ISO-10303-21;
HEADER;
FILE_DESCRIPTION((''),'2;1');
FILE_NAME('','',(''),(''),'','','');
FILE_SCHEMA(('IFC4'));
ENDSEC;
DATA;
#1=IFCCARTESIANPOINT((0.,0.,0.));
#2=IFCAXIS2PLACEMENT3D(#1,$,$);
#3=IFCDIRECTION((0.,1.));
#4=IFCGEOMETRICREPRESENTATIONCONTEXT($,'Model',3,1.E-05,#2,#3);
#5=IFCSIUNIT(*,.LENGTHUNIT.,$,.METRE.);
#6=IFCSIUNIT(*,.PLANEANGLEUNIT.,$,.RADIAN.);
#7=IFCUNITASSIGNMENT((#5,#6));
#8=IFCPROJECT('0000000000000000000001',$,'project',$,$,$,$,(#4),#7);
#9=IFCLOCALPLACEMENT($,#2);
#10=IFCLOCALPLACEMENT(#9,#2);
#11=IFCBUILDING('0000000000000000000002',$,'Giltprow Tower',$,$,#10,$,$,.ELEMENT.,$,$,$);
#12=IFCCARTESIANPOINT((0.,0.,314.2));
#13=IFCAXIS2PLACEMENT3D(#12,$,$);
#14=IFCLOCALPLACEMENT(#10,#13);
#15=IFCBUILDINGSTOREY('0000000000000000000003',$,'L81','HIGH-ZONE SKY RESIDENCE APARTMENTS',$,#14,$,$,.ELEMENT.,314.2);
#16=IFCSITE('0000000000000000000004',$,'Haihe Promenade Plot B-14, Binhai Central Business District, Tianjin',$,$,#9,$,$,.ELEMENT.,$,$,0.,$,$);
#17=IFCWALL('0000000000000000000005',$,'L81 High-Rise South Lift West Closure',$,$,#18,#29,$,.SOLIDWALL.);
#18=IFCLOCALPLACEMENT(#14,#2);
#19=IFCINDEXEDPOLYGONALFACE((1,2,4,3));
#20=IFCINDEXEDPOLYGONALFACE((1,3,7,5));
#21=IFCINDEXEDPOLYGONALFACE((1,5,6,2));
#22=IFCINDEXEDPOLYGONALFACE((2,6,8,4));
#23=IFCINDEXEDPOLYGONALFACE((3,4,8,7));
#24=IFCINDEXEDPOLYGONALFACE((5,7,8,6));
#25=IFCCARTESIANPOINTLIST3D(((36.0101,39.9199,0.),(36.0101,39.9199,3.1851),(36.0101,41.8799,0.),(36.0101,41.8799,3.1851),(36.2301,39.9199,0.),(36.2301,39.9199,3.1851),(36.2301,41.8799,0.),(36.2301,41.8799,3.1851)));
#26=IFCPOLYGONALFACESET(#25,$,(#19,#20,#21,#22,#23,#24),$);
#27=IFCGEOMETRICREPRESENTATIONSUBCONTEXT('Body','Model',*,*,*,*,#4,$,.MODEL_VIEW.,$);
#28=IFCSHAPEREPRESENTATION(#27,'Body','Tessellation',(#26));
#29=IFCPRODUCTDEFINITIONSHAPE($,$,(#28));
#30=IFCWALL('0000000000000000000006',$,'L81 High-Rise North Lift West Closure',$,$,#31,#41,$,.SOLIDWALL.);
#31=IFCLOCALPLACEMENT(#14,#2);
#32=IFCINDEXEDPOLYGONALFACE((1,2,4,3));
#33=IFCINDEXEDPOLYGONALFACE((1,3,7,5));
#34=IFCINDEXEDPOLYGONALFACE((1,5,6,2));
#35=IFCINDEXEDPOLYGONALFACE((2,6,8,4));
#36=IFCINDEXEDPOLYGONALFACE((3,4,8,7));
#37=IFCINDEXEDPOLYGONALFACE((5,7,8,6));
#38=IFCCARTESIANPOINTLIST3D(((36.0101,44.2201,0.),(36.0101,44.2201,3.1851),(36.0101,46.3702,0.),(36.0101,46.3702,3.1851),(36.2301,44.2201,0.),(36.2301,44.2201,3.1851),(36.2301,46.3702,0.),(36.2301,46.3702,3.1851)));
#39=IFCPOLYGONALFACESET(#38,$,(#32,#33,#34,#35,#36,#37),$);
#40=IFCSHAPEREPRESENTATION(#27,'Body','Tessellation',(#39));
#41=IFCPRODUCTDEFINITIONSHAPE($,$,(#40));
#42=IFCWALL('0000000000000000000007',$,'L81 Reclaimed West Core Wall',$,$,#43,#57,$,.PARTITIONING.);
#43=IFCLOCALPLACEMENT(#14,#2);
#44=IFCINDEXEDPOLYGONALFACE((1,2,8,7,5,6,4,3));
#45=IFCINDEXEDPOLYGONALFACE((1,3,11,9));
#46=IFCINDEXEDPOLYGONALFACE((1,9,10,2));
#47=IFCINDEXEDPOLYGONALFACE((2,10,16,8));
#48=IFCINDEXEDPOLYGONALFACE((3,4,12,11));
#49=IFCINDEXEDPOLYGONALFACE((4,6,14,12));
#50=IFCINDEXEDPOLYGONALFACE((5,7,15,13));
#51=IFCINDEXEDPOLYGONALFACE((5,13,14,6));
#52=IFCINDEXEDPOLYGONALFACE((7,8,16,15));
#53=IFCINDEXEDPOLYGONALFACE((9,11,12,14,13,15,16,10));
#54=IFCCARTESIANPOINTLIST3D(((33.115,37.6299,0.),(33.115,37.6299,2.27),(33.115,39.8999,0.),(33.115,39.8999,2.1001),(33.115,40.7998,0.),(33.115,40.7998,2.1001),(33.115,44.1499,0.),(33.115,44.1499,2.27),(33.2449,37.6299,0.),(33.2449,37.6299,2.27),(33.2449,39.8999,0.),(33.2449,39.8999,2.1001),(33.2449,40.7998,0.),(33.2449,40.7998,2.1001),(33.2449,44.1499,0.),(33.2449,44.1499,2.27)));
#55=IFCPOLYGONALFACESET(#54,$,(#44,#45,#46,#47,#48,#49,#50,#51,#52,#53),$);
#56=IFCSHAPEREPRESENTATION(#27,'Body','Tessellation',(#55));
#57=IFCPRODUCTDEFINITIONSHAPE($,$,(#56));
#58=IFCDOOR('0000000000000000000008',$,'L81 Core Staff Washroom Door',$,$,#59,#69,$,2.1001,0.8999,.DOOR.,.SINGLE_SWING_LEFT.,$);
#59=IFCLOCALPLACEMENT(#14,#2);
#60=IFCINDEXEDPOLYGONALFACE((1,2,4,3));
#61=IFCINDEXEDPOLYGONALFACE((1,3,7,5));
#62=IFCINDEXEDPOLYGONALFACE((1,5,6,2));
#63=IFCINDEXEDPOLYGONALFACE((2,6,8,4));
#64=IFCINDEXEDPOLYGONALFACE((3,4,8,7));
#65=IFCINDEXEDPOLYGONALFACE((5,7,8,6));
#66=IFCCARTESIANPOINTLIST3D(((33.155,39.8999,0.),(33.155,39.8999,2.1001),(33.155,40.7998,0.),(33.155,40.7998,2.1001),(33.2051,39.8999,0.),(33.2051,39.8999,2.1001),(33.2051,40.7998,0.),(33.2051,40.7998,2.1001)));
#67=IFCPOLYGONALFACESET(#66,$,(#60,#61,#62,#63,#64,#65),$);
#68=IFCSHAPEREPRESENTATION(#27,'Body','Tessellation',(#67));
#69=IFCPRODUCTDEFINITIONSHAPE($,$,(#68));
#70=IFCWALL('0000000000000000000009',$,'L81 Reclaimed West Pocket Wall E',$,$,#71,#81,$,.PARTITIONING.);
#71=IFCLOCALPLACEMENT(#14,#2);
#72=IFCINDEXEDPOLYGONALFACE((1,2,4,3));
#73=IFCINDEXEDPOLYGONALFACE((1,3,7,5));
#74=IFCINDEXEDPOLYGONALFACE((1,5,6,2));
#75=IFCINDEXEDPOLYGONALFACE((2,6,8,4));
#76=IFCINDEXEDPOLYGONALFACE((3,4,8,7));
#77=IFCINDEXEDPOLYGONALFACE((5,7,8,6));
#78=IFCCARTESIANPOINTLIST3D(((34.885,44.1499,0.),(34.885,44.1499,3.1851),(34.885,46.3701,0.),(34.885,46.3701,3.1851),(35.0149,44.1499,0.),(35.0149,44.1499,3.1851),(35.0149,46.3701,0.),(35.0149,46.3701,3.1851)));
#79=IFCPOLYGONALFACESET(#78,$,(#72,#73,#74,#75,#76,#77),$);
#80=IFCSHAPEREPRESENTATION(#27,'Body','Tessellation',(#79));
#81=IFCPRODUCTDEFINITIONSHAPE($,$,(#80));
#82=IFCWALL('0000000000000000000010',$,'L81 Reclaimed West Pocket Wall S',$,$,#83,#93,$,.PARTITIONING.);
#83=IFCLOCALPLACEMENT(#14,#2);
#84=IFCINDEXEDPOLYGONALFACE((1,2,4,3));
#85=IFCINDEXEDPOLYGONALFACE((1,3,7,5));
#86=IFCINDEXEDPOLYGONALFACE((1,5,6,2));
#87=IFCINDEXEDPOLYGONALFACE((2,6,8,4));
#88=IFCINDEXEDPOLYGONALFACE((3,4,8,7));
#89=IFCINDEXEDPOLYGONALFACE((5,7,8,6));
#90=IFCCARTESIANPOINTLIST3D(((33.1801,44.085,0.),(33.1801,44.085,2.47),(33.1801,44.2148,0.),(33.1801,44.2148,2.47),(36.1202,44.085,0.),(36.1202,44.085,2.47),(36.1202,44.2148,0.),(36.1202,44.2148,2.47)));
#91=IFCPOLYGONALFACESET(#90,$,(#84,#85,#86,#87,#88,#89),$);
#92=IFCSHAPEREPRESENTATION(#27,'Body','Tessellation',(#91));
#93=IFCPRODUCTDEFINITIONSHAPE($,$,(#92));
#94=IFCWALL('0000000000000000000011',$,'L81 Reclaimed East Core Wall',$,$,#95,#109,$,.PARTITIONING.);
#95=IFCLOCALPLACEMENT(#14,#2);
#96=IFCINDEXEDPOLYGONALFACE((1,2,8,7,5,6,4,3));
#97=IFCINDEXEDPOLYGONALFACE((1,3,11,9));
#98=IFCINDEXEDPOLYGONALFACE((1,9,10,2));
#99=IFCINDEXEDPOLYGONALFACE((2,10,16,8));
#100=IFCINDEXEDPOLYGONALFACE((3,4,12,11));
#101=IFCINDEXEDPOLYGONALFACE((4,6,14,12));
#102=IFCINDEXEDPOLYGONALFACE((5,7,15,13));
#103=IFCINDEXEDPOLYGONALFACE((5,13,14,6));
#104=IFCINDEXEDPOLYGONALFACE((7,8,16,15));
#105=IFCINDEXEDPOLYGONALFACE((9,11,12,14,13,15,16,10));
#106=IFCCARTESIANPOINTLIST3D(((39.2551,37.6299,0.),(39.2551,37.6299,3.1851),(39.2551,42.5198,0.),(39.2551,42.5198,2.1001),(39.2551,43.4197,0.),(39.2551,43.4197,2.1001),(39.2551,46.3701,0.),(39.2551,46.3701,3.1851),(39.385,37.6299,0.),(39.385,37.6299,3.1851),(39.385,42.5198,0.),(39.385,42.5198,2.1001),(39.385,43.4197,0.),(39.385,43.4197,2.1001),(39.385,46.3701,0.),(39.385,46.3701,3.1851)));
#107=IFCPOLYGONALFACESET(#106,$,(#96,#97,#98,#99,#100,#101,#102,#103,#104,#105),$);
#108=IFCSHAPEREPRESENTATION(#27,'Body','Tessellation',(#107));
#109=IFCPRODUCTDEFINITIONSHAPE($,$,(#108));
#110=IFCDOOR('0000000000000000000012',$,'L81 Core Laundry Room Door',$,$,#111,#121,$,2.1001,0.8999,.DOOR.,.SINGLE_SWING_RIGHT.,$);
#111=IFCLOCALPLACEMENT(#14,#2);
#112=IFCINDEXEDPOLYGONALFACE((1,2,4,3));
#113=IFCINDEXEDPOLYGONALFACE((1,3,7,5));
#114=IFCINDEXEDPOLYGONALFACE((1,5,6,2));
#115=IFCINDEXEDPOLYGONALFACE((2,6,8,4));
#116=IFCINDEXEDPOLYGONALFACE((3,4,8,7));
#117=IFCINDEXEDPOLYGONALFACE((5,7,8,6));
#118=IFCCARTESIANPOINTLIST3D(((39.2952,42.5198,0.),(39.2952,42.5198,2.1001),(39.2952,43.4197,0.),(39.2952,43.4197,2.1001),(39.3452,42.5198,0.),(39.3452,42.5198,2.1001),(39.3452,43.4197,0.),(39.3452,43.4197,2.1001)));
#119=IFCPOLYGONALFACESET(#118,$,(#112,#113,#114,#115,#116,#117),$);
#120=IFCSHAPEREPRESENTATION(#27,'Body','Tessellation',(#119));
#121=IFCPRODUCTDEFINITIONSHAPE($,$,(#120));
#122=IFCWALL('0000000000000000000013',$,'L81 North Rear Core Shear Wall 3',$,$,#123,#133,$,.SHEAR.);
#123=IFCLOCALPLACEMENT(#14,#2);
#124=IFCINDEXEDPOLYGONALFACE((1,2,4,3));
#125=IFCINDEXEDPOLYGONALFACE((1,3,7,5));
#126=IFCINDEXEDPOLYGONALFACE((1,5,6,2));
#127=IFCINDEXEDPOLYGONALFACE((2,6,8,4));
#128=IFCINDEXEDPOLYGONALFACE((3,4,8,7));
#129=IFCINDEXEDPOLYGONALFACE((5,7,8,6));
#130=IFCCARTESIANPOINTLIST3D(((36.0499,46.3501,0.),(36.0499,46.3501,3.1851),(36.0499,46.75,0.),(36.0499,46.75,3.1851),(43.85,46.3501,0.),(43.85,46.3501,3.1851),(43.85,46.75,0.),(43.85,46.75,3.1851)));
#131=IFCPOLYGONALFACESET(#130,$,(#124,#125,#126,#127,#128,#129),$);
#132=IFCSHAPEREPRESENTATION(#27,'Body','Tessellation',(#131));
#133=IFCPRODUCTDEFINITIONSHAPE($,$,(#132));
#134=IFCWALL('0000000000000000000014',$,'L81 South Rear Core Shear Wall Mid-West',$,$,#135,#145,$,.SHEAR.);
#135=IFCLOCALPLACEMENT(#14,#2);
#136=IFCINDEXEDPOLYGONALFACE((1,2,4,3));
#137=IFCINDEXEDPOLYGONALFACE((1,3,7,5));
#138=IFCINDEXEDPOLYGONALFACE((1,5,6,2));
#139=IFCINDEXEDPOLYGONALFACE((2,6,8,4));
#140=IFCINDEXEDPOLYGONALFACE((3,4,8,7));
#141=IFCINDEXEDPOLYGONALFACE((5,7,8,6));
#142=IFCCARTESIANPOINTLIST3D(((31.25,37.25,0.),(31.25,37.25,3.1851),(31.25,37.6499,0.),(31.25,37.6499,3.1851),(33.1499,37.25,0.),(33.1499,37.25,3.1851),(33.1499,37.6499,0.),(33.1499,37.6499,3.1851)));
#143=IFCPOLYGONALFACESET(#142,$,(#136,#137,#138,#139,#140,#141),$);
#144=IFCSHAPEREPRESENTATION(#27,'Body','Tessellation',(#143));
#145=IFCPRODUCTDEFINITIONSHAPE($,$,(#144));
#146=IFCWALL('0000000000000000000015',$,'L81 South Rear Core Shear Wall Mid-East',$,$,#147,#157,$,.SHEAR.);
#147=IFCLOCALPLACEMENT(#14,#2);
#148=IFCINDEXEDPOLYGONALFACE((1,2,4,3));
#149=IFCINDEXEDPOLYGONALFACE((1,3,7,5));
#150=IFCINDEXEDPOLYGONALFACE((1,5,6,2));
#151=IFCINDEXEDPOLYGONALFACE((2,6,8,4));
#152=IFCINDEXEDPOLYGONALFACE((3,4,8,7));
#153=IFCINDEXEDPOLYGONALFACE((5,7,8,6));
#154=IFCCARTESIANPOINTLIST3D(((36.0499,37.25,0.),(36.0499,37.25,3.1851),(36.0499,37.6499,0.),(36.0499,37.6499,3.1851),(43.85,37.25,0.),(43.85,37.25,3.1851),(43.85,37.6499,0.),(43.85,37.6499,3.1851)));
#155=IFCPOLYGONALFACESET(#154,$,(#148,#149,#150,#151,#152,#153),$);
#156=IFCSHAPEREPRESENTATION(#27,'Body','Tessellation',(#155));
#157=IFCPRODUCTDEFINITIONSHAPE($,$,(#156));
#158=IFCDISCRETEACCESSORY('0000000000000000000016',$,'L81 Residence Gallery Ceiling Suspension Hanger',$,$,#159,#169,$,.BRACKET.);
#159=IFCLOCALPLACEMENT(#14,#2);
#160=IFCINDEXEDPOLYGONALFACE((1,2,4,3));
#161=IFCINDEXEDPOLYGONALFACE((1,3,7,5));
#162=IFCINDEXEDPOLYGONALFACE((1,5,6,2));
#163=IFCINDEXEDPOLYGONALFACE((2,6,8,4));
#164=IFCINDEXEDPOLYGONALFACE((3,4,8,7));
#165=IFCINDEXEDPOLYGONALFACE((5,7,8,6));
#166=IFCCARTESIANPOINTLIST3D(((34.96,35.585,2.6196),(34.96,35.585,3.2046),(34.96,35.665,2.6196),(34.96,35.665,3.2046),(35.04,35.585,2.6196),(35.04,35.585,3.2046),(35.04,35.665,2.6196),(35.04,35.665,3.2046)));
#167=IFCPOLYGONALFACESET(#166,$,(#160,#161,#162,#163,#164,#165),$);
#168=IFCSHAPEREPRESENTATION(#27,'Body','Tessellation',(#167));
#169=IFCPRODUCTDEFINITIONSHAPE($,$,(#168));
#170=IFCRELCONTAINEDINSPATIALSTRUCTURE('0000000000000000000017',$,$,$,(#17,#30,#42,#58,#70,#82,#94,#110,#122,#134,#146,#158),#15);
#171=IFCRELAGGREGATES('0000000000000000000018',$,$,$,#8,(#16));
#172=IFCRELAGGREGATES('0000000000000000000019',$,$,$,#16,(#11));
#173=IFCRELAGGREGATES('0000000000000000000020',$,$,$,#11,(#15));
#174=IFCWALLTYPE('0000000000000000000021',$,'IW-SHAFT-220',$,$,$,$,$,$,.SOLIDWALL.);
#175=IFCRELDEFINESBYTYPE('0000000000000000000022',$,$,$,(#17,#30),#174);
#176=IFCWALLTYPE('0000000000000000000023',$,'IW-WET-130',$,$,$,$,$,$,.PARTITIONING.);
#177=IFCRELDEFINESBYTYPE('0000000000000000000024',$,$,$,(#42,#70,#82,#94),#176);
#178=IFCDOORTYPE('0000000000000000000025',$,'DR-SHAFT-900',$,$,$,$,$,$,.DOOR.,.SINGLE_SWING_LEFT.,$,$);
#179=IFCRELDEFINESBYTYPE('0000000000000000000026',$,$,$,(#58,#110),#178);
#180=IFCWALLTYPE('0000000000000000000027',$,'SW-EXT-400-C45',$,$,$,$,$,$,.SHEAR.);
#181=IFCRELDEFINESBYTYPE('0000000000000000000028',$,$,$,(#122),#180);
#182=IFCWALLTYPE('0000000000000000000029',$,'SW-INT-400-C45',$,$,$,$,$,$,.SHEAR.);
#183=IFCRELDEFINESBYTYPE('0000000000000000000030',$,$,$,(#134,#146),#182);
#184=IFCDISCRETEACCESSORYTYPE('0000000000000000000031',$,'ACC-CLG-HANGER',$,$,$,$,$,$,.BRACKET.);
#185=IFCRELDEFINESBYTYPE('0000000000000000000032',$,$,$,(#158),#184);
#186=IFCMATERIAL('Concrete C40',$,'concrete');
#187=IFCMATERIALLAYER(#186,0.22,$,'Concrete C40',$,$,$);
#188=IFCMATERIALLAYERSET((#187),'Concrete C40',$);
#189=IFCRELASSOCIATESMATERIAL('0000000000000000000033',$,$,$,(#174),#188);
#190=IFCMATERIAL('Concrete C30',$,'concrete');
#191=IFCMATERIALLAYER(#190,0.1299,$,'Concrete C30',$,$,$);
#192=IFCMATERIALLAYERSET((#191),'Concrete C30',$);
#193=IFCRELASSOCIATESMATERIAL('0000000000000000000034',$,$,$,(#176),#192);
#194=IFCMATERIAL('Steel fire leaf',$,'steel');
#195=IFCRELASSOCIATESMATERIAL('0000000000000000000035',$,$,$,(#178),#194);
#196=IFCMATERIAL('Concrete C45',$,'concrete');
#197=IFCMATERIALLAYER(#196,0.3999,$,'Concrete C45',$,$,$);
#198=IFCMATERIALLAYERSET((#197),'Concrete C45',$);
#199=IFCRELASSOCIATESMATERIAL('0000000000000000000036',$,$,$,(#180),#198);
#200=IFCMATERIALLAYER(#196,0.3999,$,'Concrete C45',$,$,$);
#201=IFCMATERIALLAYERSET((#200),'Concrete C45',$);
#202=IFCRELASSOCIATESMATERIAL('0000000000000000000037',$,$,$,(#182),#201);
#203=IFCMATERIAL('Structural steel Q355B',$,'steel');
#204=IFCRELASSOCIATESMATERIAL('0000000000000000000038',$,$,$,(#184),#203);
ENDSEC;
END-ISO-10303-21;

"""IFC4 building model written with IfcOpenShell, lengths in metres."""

from ifc_helpers import new_model, si_unit, direction, frame, frame_2d, origin, origin_2d, place, context, subcontext, project, spatial, rectangle, extrude, source, transform, mapped, material, layer, layer_set, type_object, element, fill, save


model = new_model("IFC4")

# Units and contexts
model_context = context("Model", 3, precision=1e-05, world=origin(), true_north=direction((0.0, 1.0)))
body_context = subcontext(model_context, "Body", "Model", "MODEL_VIEW")
ifc_project = project(units=[si_unit("LENGTHUNIT", "METRE"), si_unit("PLANEANGLEUNIT", "RADIAN")], contexts=[model_context])

# Site, building, storey
site_placement = place(None, origin())
site = spatial("IfcSite", under=ifc_project, at=site_placement, Name="Haihe Promenade Plot B-14, Binhai Central Business District, Tianjin", CompositionType="ELEMENT", RefElevation=0.0)
building_placement = place(site_placement, origin())
building = spatial("IfcBuilding", under=site, at=building_placement, Name="Giltprow Tower", CompositionType="ELEMENT")
storey_placement = place(building_placement, frame((0.0, 0.0, 314.2)))
storey = spatial("IfcBuildingStorey", under=building, at=storey_placement, Name="L81", Description="HIGH-ZONE SKY RESIDENCE APARTMENTS", CompositionType="ELEMENT", Elevation=314.2)

# Shared definitions
ifc_material_1 = material(Name="Concrete C45", Category="concrete")

# Shared definitions
ifc_material_2 = material(Name="Structural steel Q355B", Category="steel")

# Shared definitions
ifc_material_3 = material(Name="Concrete C40", Category="concrete")
ifc_layer_1 = layer(ifc_material_3, 0.22, Name="Concrete C40")
ifc_layer_set_1 = layer_set([ifc_layer_1], Name="Concrete C40")
wall_type_1 = type_object("IfcWallType", Name="IW-SHAFT-220", PredefinedType="SOLIDWALL", material=ifc_layer_set_1)

# Walls
wall_1_placement = place(storey_placement, frame((36.1201, 39.9199, 0.0), z_axis=(0.0, 0.0, 1.0), x_axis=(0.0, 1.0, 0.0)))
element("IfcWall", 1, at=wall_1_placement, inside=storey, type_object=wall_type_1, Name="L81 High-Rise South Lift West Closure", PredefinedType="SOLIDWALL", context=body_context, shape_type="SweptSolid", body=[
    extrude(rectangle(XDim=1.96, YDim=0.22, at=frame_2d((0.98, 0.0))), origin(), (0.0, 0.0, 1.0), 3.1851),
])
wall_2_placement = place(storey_placement, frame((36.1201, 44.22, 0.0), z_axis=(0.0, 0.0, 1.0), x_axis=(0.0, 1.0, 0.0)))
element("IfcWall", 2, at=wall_2_placement, inside=storey, type_object=wall_type_1, Name="L81 High-Rise North Lift West Closure", PredefinedType="SOLIDWALL", context=body_context, shape_type="SweptSolid", body=[
    extrude(rectangle(XDim=2.1501, YDim=0.22, at=frame_2d((1.0752, 0.0))), origin(), (0.0, 0.0, 1.0), 3.1851),
])

# Wall, opening, door
ifc_material_4 = material(Name="Concrete C30", Category="concrete")
ifc_layer_2 = layer(ifc_material_4, 0.1299, Name="Concrete C30")
ifc_layer_set_2 = layer_set([ifc_layer_2], Name="Concrete C30")
wall_type_2 = type_object("IfcWallType", Name="IW-WET-130", PredefinedType="PARTITIONING", material=ifc_layer_set_2)
wall_3_placement = place(storey_placement, frame((33.1799, 37.6299, 0.0), z_axis=(0.0, 0.0, 1.0), x_axis=(0.0, 1.0, 0.0)))
wall_3 = element("IfcWall", 3, at=wall_3_placement, inside=storey, type_object=wall_type_2, Name="L81 Reclaimed West Core Wall", PredefinedType="PARTITIONING", context=body_context, shape_type="SweptSolid", body=[
    extrude(rectangle(XDim=6.52, YDim=0.1299, at=frame_2d((3.26, 0.0))), origin(), (0.0, 0.0, 1.0), 2.27),
])
opening_1_placement = place(wall_3_placement, frame((2.27, 0.0, 0.0)))
opening_1 = element("IfcOpeningElement", 4, at=opening_1_placement, cuts=wall_3, PredefinedType="OPENING", context=body_context, shape_type="SweptSolid", body=[
    extrude(rectangle(XDim=0.8999, YDim=2.1001, at=frame_2d((0.45, 1.05))), frame((0.0, 0.075, 0.0), z_axis=(0.0, -1.0, 0.0), x_axis=(1.0, 0.0, 0.0)), (0.0, 0.0, 1.0), 0.1499),
])
ifc_material_5 = material(Name="Steel fire leaf", Category="steel")
door_type_1 = type_object("IfcDoorType", Name="DR-SHAFT-900", OperationType="SINGLE_SWING_LEFT", PredefinedType="DOOR", material=ifc_material_5)
shared_shape_1 = source(origin(), body_context, "Body", "SweptSolid", [
    extrude(rectangle(XDim=0.8999, YDim=2.1001, at=frame_2d((0.45, 1.05))), frame((0.0, 0.0249, 0.0), z_axis=(0.0, -1.0, 0.0), x_axis=(1.0, 0.0, 0.0)), (0.0, 0.0, 1.0), 0.05),
])
door_1_placement = place(opening_1_placement, origin())
door_1 = element("IfcDoor", 5, at=door_1_placement, inside=storey, type_object=door_type_1, Name="L81 Core Staff Washroom Door", OperationType="SINGLE_SWING_LEFT", OverallHeight=2.1001, OverallWidth=0.8999, PredefinedType="DOOR", context=body_context, shape_type="MappedRepresentation", body=[
    mapped(shared_shape_1, transform((0.0, 0.0, 0.0), x_axis=(1.0, 0.0, 0.0), y_axis=(0.0, 1.0, 0.0), z_axis=(0.0, 0.0, 1.0), scale=1.0)),
])
fill(opening_1, door_1)

# Walls
wall_4_placement = place(storey_placement, frame((34.95, 44.1499, 0.0), z_axis=(0.0, 0.0, 1.0), x_axis=(0.0, 1.0, 0.0)))
element("IfcWall", 6, at=wall_4_placement, inside=storey, type_object=wall_type_2, Name="L81 Reclaimed West Pocket Wall E", PredefinedType="PARTITIONING", context=body_context, shape_type="SweptSolid", body=[
    extrude(rectangle(XDim=2.2202, YDim=0.1299, at=frame_2d((1.1101, 0.0))), origin(), (0.0, 0.0, 1.0), 3.1851),
])
wall_5_placement = place(storey_placement, frame((33.1799, 44.1499, 0.0), z_axis=(0.0, 0.0, 1.0), x_axis=(1.0, 0.0, 0.0)))
element("IfcWall", 7, at=wall_5_placement, inside=storey, type_object=wall_type_2, Name="L81 Reclaimed West Pocket Wall S", PredefinedType="PARTITIONING", context=body_context, shape_type="SweptSolid", body=[
    extrude(rectangle(XDim=2.9402, YDim=0.1299, at=frame_2d((1.4702, 0.0))), origin(), (0.0, 0.0, 1.0), 2.47),
])

# Wall, opening, door
wall_6_placement = place(storey_placement, frame((39.3201, 37.6299, 0.0), z_axis=(0.0, 0.0, 1.0), x_axis=(0.0, 1.0, 0.0)))
wall_6 = element("IfcWall", 8, at=wall_6_placement, inside=storey, type_object=wall_type_2, Name="L81 Reclaimed East Core Wall", PredefinedType="PARTITIONING", context=body_context, shape_type="SweptSolid", body=[
    extrude(rectangle(XDim=8.7402, YDim=0.1299, at=frame_2d((4.3701, 0.0))), origin(), (0.0, 0.0, 1.0), 3.1851),
])
opening_2_placement = place(wall_6_placement, frame((4.8899, 0.0, 0.0)))
opening_2 = element("IfcOpeningElement", 9, at=opening_2_placement, cuts=wall_6, PredefinedType="OPENING", context=body_context, shape_type="SweptSolid", body=[
    extrude(rectangle(XDim=0.8999, YDim=2.1001, at=frame_2d((0.45, 1.05))), frame((0.0, 0.075, 0.0), z_axis=(0.0, -1.0, 0.0), x_axis=(1.0, 0.0, 0.0)), (0.0, 0.0, 1.0), 0.1499),
])
door_2_placement = place(opening_2_placement, origin())
door_2 = element("IfcDoor", 10, at=door_2_placement, inside=storey, type_object=door_type_1, Name="L81 Core Laundry Room Door", OperationType="SINGLE_SWING_RIGHT", OverallHeight=2.1001, OverallWidth=0.8999, PredefinedType="DOOR", context=body_context, shape_type="MappedRepresentation", body=[
    mapped(shared_shape_1, transform((0.0, 0.0, 0.0), x_axis=(1.0, 0.0, 0.0), y_axis=(0.0, 1.0, 0.0), z_axis=(0.0, 0.0, 1.0), scale=1.0)),
])
fill(opening_2, door_2)

# Walls
ifc_layer_3 = layer(ifc_material_1, 0.3999, Name="Concrete C45")
ifc_layer_set_3 = layer_set([ifc_layer_3], Name="Concrete C45")
wall_type_3 = type_object("IfcWallType", Name="SW-EXT-400-C45", PredefinedType="SHEAR", material=ifc_layer_set_3)
wall_7_placement = place(storey_placement, frame((36.05, 46.55, 0.0), z_axis=(0.0, 0.0, 1.0), x_axis=(1.0, 0.0, 0.0)))
element("IfcWall", 11, at=wall_7_placement, inside=storey, type_object=wall_type_3, Name="L81 North Rear Core Shear Wall 3", PredefinedType="SHEAR", context=body_context, shape_type="SweptSolid", body=[
    extrude(rectangle(XDim=7.8, YDim=0.3999, at=frame_2d((3.8999, 0.0))), origin(), (0.0, 0.0, 1.0), 3.1851),
])
ifc_layer_4 = layer(ifc_material_1, 0.3999, Name="Concrete C45")
ifc_layer_set_4 = layer_set([ifc_layer_4], Name="Concrete C45")
wall_type_4 = type_object("IfcWallType", Name="SW-INT-400-C45", PredefinedType="SHEAR", material=ifc_layer_set_4)
wall_8_placement = place(storey_placement, frame((31.25, 37.45, 0.0), z_axis=(0.0, 0.0, 1.0), x_axis=(1.0, 0.0, 0.0)))
element("IfcWall", 12, at=wall_8_placement, inside=storey, type_object=wall_type_4, Name="L81 South Rear Core Shear Wall Mid-West", PredefinedType="SHEAR", context=body_context, shape_type="SweptSolid", body=[
    extrude(rectangle(XDim=1.8999, YDim=0.3999, at=frame_2d((0.95, 0.0))), origin(), (0.0, 0.0, 1.0), 3.1851),
])
wall_9_placement = place(storey_placement, frame((36.05, 37.45, 0.0), z_axis=(0.0, 0.0, 1.0), x_axis=(1.0, 0.0, 0.0)))
element("IfcWall", 13, at=wall_9_placement, inside=storey, type_object=wall_type_4, Name="L81 South Rear Core Shear Wall Mid-East", PredefinedType="SHEAR", context=body_context, shape_type="SweptSolid", body=[
    extrude(rectangle(XDim=7.8, YDim=0.3999, at=frame_2d((3.8999, 0.0))), origin(), (0.0, 0.0, 1.0), 3.1851),
])

# Discrete accessory
discrete_accessory_type = type_object("IfcDiscreteAccessoryType", Name="ACC-CLG-HANGER", PredefinedType="BRACKET", material=ifc_material_2)
shared_shape_2 = source(origin(), body_context, "Body", "SweptSolid", [
    extrude(rectangle(XDim=0.0801, YDim=0.0801, at=origin_2d()), origin(), (0.0, 0.0, 1.0), 0.585),
])
discrete_accessory_placement = place(storey_placement, frame((35.0, 35.625, 2.6196), z_axis=(0.0, 0.0, 1.0), x_axis=(1.0, 0.0, 0.0)))
element("IfcDiscreteAccessory", 14, at=discrete_accessory_placement, inside=storey, type_object=discrete_accessory_type, Name="L81 Residence Gallery Ceiling Suspension Hanger", PredefinedType="BRACKET", context=body_context, shape_type="MappedRepresentation", body=[
    mapped(shared_shape_2, transform((0.0, 0.0, 0.0), x_axis=(1.0, 0.0, 0.0), y_axis=(0.0, 1.0, 0.0), z_axis=(0.0, 0.0, 1.0), scale=1.0)),
])

save(model, "model.ifc")
